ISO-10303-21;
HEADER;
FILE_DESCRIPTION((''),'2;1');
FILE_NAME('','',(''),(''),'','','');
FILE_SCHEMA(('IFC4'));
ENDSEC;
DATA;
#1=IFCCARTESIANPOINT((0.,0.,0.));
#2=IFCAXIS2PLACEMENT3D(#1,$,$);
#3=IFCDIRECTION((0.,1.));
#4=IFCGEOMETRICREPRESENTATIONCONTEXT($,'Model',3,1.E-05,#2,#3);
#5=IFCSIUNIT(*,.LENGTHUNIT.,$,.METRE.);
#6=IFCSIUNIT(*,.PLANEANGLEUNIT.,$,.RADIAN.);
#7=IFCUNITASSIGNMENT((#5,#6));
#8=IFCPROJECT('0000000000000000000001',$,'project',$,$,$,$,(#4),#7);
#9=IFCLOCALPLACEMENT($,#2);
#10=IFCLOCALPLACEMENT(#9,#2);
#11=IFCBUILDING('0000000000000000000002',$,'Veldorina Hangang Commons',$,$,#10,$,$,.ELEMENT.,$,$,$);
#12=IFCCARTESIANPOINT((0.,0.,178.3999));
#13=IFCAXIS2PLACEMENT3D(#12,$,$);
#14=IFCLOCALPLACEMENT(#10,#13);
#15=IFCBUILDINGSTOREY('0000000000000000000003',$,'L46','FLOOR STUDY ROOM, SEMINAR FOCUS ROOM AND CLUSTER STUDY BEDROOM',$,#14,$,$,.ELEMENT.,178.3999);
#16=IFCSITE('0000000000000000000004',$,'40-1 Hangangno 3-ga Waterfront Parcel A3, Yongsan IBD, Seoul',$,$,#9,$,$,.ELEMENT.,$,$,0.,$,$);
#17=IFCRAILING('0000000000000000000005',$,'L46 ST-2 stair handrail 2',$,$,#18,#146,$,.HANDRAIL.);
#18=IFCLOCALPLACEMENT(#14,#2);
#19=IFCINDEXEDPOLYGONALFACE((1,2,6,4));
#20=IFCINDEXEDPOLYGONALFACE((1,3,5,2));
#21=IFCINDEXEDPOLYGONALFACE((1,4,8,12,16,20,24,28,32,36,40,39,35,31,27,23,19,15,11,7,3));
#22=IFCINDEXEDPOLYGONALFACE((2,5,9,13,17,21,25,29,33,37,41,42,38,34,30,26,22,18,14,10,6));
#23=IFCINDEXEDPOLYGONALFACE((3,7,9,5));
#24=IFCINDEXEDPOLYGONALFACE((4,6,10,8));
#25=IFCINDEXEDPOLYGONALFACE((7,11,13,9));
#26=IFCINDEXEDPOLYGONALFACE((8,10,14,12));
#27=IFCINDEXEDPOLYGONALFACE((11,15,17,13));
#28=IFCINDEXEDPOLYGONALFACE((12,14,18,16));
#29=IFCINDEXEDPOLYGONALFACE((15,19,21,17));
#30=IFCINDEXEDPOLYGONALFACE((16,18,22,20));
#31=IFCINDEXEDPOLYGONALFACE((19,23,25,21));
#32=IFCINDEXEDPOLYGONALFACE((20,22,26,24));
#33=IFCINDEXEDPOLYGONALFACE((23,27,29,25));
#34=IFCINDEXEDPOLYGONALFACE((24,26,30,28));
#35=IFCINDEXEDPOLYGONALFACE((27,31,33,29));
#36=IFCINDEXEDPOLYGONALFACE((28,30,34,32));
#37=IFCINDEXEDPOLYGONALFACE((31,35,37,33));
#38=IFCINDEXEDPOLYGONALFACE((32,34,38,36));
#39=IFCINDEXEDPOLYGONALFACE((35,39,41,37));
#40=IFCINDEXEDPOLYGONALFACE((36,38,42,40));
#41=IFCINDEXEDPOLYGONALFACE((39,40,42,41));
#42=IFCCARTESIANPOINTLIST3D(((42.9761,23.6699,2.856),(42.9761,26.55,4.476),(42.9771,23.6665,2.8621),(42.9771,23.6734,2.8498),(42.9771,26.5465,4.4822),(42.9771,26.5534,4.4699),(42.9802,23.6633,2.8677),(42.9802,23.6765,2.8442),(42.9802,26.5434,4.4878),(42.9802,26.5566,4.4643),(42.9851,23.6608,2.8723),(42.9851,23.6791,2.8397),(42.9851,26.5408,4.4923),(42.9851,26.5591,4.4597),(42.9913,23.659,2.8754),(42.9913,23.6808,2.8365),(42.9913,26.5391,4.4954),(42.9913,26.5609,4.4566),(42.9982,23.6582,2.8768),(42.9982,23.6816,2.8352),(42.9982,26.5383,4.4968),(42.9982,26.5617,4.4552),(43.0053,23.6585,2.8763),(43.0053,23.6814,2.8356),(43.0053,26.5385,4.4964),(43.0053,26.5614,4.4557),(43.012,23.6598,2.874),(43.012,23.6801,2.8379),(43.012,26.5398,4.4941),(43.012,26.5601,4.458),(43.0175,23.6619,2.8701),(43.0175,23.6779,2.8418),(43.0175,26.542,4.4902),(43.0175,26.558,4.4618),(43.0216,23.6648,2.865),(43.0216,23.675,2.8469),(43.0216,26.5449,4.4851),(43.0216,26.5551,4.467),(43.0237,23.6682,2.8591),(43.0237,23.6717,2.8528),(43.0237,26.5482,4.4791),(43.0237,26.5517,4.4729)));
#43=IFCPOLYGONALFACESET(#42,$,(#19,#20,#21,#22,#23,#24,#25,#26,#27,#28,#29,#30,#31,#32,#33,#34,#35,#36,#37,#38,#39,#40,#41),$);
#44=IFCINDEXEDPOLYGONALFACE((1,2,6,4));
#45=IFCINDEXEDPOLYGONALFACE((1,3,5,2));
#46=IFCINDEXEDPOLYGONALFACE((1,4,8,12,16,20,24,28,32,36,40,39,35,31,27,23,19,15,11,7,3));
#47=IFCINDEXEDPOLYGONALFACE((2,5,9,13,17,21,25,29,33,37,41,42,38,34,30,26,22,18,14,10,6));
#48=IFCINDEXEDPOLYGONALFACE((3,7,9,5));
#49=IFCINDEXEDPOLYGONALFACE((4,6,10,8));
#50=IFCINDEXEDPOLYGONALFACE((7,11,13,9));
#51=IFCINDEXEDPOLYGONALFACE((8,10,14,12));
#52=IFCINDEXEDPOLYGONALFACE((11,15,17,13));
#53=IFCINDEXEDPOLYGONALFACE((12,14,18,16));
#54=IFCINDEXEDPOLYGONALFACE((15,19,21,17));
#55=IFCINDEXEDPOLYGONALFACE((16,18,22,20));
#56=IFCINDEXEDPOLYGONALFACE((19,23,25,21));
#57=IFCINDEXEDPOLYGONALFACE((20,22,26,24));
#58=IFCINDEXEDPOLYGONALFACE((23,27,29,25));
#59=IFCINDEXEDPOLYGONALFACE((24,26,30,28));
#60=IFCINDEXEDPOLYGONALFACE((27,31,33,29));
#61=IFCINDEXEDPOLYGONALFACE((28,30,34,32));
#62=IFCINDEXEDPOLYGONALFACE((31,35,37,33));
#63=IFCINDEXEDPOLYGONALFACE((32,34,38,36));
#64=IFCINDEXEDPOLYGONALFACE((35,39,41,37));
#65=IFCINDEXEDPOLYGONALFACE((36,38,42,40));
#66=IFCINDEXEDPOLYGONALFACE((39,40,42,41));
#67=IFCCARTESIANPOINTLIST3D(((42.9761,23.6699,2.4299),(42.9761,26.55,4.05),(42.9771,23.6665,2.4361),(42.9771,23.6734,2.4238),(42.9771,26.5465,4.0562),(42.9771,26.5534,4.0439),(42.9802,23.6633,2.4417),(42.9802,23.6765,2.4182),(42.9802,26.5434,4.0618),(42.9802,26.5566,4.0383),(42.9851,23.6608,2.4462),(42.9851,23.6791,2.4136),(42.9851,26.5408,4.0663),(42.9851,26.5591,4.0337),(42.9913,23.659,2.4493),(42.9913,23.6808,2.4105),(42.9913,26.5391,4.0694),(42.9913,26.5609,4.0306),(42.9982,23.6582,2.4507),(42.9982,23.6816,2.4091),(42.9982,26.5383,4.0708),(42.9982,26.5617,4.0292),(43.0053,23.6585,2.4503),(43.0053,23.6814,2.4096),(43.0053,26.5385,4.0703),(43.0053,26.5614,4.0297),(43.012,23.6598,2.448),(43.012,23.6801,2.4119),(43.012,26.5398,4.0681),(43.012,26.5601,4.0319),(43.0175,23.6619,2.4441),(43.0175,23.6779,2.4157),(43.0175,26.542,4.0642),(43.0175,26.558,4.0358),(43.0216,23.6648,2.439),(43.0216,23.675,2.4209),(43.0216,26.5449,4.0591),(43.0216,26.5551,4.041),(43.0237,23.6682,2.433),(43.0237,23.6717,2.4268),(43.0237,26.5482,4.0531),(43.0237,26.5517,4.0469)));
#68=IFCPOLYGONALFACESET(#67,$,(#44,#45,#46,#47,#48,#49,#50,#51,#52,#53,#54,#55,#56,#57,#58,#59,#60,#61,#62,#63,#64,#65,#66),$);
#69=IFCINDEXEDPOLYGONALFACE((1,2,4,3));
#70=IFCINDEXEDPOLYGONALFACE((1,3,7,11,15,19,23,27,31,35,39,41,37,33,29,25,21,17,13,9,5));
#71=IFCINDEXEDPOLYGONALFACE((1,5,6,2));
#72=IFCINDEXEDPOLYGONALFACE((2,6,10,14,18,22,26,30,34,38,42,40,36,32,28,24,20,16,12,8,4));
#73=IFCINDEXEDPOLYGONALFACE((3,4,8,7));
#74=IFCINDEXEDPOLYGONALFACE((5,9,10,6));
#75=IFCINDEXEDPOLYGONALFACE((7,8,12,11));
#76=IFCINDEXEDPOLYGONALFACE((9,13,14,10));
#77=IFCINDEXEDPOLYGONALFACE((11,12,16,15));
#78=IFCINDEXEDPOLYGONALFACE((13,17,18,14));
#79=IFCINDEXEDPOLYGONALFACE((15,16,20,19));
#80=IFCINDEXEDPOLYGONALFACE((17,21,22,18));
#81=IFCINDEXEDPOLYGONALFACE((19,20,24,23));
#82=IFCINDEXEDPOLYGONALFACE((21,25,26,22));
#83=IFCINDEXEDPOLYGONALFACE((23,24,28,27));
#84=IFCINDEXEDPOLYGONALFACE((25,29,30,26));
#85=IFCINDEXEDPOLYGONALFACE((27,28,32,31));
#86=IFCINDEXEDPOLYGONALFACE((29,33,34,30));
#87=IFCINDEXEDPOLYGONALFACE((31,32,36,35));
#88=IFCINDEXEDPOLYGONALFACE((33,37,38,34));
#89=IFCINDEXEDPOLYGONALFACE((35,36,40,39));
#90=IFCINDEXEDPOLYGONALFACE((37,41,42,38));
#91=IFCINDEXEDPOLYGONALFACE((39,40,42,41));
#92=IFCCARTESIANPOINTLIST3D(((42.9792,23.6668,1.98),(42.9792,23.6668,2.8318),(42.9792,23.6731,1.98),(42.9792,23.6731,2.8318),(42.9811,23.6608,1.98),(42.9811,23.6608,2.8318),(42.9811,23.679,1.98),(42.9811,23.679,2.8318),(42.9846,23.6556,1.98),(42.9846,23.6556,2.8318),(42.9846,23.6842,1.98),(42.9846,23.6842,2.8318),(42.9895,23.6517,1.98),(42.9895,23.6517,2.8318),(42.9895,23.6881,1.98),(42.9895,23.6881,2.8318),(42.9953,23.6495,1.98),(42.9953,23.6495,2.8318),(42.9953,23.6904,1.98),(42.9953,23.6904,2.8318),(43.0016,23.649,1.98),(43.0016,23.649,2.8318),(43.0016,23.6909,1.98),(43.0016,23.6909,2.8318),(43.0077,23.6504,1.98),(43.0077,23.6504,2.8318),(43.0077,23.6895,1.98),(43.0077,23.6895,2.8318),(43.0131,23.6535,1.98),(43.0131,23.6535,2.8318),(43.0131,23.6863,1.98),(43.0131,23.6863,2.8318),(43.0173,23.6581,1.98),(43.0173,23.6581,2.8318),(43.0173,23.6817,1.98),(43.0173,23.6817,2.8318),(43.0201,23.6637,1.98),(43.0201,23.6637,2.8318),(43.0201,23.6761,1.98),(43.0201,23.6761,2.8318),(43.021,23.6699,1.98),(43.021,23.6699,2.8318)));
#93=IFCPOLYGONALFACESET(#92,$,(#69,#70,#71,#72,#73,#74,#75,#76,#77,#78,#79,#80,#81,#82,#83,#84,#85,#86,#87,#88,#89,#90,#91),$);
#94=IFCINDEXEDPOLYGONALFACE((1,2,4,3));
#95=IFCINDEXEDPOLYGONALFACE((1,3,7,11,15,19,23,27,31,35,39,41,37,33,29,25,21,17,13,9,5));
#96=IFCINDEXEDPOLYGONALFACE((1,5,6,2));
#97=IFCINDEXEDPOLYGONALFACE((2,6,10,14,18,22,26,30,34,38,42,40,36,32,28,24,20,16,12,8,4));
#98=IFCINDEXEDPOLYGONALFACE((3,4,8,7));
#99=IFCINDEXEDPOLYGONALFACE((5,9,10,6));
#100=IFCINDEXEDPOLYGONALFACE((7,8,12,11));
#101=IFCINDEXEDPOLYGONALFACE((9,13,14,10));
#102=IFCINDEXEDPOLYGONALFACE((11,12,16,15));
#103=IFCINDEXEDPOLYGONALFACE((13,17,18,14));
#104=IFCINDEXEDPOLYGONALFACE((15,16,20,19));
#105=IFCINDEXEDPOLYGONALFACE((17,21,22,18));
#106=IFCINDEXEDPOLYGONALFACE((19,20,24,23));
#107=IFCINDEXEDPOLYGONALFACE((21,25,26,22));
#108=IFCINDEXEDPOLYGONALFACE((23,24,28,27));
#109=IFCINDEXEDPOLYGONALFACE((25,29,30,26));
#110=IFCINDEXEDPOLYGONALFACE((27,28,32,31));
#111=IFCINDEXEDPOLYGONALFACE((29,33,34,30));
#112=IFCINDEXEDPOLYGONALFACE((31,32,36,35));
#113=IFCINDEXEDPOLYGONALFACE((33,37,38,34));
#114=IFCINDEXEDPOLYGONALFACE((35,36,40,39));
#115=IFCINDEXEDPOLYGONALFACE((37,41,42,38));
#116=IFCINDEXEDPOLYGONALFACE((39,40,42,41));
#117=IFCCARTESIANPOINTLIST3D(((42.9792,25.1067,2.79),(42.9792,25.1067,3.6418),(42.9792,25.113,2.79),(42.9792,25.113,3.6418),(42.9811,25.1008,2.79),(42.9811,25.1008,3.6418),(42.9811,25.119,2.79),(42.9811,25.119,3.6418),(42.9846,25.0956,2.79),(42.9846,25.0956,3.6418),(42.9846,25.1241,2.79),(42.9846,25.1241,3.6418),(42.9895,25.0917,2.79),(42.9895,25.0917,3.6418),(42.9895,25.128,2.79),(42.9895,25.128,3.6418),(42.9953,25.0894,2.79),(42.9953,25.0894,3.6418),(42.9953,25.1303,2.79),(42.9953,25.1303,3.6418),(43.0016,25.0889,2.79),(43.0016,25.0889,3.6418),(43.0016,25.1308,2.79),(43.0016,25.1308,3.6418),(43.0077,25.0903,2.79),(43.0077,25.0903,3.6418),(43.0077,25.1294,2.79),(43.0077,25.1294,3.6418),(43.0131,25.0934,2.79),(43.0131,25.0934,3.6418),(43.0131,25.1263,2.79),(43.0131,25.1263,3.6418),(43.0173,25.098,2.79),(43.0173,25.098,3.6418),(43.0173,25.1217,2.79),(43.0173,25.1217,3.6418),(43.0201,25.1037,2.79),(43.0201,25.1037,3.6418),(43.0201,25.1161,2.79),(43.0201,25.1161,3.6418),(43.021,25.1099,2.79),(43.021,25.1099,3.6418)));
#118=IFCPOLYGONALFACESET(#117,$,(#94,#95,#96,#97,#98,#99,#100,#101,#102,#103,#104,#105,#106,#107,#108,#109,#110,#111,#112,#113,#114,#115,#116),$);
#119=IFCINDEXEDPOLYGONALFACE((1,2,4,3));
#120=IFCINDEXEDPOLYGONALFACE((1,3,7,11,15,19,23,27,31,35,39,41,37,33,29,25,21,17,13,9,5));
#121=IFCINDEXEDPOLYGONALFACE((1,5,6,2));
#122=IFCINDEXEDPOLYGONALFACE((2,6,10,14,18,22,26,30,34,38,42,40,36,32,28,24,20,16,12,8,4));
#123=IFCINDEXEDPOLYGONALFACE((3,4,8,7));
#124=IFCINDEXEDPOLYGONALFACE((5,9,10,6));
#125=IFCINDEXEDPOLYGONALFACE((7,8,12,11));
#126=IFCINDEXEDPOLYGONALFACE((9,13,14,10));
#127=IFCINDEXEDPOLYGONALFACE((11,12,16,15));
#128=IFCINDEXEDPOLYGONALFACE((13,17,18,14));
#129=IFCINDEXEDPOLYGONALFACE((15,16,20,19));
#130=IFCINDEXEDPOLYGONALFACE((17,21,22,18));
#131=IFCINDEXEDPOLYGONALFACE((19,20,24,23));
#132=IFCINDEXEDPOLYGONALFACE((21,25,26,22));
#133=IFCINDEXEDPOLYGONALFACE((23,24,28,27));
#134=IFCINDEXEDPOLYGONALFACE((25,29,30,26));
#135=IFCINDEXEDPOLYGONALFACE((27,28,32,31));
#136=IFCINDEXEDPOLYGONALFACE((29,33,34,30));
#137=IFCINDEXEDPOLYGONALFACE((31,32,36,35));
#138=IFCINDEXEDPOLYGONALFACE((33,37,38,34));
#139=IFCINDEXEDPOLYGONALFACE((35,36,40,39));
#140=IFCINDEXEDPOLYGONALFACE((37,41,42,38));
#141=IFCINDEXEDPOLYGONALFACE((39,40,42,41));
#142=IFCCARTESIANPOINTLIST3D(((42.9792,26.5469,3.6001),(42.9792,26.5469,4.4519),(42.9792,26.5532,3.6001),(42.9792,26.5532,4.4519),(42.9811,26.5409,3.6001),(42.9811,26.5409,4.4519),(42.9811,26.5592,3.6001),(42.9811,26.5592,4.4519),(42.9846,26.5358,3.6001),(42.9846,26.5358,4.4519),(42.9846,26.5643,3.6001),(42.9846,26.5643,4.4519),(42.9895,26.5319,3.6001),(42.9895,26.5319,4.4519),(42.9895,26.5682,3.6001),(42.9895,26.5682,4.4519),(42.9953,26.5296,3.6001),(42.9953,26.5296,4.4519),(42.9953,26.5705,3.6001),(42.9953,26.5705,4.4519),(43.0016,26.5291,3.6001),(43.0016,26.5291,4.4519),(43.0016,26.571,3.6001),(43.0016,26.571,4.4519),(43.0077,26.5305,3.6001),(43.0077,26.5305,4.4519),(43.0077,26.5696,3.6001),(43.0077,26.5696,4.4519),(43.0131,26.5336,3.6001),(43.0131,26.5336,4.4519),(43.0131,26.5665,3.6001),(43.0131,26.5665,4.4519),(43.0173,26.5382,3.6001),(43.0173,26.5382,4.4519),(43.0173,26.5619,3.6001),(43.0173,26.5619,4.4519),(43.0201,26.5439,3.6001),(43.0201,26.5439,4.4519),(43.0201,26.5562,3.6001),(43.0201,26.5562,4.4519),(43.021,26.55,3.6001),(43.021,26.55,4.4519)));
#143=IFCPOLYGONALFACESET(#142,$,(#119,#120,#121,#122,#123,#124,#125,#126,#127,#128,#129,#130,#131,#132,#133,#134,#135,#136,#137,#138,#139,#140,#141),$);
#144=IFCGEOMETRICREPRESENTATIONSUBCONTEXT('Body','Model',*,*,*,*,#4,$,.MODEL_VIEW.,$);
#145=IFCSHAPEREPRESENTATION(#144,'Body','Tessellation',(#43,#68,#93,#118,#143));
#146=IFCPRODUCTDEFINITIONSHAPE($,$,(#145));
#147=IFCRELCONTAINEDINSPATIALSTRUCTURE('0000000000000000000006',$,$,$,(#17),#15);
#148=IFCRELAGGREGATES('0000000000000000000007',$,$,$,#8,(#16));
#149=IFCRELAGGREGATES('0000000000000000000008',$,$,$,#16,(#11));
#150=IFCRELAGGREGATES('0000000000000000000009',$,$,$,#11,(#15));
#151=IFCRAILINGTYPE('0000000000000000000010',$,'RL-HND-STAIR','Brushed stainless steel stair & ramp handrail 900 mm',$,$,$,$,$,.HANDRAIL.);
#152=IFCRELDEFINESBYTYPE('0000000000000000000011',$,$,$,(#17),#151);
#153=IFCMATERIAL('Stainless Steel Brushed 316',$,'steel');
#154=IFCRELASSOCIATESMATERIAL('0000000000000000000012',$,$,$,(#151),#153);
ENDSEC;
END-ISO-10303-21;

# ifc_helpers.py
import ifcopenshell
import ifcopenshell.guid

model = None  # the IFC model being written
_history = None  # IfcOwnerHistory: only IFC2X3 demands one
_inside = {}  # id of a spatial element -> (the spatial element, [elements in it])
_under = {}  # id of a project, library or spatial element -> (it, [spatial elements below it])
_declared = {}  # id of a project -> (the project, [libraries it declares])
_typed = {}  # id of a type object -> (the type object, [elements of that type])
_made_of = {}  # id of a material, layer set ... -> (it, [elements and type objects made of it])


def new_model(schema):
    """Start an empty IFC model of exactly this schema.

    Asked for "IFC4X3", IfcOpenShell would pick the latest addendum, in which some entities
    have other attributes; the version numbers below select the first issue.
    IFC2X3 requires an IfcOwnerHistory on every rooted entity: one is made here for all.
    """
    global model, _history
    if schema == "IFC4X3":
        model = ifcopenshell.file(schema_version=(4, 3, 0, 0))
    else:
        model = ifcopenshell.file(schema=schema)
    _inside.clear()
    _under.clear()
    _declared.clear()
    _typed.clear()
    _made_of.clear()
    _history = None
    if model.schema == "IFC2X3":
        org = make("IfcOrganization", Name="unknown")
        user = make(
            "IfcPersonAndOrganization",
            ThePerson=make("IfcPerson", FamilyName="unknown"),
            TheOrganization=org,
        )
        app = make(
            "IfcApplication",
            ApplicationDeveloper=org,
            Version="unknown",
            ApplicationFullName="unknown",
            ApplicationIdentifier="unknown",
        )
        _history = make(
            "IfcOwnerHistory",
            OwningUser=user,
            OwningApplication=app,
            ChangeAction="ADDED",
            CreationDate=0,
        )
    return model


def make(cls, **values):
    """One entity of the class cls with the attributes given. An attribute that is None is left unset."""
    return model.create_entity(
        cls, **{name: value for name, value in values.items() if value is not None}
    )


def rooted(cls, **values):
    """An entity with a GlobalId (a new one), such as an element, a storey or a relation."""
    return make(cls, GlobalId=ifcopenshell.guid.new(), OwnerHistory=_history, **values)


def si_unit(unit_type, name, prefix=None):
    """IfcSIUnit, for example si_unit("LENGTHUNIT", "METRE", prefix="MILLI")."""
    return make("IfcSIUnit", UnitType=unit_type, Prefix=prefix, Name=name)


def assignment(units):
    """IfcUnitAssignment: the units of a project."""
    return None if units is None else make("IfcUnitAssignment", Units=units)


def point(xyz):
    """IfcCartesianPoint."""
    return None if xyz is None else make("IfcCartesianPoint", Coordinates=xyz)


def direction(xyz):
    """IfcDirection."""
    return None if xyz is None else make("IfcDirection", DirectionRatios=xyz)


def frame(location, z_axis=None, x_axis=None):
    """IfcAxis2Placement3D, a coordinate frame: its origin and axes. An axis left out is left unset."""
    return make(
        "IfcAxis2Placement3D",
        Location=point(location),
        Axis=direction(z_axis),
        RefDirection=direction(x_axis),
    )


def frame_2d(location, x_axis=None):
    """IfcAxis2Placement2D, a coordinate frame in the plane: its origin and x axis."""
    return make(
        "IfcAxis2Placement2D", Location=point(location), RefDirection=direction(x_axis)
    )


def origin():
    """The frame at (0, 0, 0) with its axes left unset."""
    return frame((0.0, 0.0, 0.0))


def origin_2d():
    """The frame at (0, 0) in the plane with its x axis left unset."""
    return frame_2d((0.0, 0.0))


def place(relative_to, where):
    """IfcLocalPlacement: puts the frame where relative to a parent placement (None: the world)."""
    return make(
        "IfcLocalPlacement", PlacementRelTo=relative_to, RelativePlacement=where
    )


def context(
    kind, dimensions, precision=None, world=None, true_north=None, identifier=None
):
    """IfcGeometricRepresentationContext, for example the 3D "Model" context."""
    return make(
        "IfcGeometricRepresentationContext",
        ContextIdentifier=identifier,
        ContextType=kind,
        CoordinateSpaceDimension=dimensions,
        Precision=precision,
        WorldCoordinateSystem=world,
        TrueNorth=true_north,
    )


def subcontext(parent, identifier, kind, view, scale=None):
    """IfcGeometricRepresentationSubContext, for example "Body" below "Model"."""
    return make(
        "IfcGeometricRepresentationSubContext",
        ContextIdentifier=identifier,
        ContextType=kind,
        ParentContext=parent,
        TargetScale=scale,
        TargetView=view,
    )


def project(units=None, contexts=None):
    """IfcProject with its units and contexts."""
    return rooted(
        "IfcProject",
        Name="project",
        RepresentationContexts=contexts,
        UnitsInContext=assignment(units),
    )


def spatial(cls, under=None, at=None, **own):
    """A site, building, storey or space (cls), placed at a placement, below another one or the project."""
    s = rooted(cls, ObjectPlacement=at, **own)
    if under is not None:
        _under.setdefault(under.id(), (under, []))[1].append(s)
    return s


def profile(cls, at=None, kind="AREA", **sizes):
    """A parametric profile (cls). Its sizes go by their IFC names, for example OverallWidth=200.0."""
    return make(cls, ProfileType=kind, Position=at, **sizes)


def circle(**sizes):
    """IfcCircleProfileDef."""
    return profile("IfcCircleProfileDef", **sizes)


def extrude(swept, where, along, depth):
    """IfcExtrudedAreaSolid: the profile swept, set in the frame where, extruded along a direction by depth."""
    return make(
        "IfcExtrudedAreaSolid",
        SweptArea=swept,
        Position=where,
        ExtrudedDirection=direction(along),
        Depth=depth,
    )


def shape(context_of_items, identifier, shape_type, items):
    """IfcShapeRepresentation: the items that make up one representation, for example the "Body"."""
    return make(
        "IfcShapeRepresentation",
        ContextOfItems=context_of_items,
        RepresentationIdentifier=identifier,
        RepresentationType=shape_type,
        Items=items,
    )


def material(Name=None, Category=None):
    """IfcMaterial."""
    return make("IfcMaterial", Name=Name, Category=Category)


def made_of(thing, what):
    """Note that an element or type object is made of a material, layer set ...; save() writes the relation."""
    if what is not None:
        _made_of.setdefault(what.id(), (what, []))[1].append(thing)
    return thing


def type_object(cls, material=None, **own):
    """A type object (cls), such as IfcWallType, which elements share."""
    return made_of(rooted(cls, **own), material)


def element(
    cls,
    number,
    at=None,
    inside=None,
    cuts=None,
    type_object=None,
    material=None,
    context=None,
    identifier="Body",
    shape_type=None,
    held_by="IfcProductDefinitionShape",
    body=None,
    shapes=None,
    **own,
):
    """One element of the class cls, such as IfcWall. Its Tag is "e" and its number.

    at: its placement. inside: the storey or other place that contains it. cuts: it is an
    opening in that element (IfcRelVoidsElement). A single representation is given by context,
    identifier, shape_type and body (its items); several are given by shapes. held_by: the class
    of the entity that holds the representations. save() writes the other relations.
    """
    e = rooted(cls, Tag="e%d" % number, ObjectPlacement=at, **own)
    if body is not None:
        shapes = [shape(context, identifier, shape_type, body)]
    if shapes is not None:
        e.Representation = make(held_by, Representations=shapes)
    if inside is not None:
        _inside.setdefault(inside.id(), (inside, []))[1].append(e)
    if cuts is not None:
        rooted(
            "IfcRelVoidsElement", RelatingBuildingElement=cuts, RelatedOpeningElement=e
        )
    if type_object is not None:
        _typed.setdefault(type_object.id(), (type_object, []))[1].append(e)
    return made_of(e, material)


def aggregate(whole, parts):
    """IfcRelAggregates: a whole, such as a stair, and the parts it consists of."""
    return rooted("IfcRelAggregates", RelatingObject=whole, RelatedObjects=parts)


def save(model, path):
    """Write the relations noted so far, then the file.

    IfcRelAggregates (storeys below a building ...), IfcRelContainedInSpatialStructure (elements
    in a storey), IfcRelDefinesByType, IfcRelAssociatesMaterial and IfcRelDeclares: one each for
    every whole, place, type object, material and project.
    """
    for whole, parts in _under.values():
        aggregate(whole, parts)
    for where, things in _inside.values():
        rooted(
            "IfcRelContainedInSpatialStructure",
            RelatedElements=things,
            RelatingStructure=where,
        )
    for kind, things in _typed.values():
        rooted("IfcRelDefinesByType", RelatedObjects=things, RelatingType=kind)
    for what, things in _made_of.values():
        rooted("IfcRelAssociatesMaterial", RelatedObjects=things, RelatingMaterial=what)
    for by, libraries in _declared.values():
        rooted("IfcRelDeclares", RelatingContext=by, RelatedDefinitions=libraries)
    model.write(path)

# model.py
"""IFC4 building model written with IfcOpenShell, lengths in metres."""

from ifc_helpers import new_model, si_unit, direction, frame, origin, origin_2d, place, context, subcontext, project, spatial, circle, extrude, material, type_object, element, save


model = new_model("IFC4")

# Units and contexts
model_context = context("Model", 3, precision=1e-05, world=origin(), true_north=direction((0.0, 1.0)))
body_context = subcontext(model_context, "Body", "Model", "MODEL_VIEW")
ifc_project = project(units=[si_unit("LENGTHUNIT", "METRE"), si_unit("PLANEANGLEUNIT", "RADIAN")], contexts=[model_context])

# Site, building, storey
site_placement = place(None, origin())
site = spatial("IfcSite", under=ifc_project, at=site_placement, Name="40-1 Hangangno 3-ga Waterfront Parcel A3, Yongsan IBD, Seoul", CompositionType="ELEMENT", RefElevation=0.0)
building_placement = place(site_placement, origin())
building = spatial("IfcBuilding", under=site, at=building_placement, Name="Veldorina Hangang Commons", CompositionType="ELEMENT")
storey_placement = place(building_placement, frame((0.0, 0.0, 178.3999)))
storey = spatial("IfcBuildingStorey", under=building, at=storey_placement, Name="L46", Description="FLOOR STUDY ROOM, SEMINAR FOCUS ROOM AND CLUSTER STUDY BEDROOM", CompositionType="ELEMENT", Elevation=178.3999)

# Railing
ifc_material_1 = material(Name="Stainless Steel Brushed 316", Category="steel")
railing_type_1 = type_object("IfcRailingType", Name="RL-HND-STAIR", Description="Brushed stainless steel stair & ramp handrail 900 mm", PredefinedType="HANDRAIL", material=ifc_material_1)
railing_1_placement = place(storey_placement, frame((43.0, 23.6699, 1.98)))
element("IfcRailing", 1, at=railing_1_placement, inside=storey, type_object=railing_type_1, Name="L46 ST-2 stair handrail 2", PredefinedType="HANDRAIL", context=body_context, shape_type="SweptSolid", body=[
    extrude(circle(Radius=0.0239, at=origin_2d()), frame((0.0, 0.0, 0.876), z_axis=(0.0, 0.87157, 0.490272), x_axis=(-1.0, 0.0, 0.0)), (0.0, 0.0, 1.0), 3.3044),
    extrude(circle(Radius=0.0239, at=origin_2d()), frame((0.0, 0.0, 0.45), z_axis=(0.0, 0.87157, 0.490272), x_axis=(-1.0, 0.0, 0.0)), (0.0, 0.0, 1.0), 3.3044),
    extrude(circle(Radius=0.021, at=origin_2d()), origin(), (0.0, 0.0, 1.0), 0.8518),
    extrude(circle(Radius=0.021, at=origin_2d()), frame((0.0, 1.4399, 0.8101)), (0.0, 0.0, 1.0), 0.8518),
    extrude(circle(Radius=0.021, at=origin_2d()), frame((0.0, 2.8801, 1.6201)), (0.0, 0.0, 1.0), 0.8518),
])

save(model, "model.ifc")
